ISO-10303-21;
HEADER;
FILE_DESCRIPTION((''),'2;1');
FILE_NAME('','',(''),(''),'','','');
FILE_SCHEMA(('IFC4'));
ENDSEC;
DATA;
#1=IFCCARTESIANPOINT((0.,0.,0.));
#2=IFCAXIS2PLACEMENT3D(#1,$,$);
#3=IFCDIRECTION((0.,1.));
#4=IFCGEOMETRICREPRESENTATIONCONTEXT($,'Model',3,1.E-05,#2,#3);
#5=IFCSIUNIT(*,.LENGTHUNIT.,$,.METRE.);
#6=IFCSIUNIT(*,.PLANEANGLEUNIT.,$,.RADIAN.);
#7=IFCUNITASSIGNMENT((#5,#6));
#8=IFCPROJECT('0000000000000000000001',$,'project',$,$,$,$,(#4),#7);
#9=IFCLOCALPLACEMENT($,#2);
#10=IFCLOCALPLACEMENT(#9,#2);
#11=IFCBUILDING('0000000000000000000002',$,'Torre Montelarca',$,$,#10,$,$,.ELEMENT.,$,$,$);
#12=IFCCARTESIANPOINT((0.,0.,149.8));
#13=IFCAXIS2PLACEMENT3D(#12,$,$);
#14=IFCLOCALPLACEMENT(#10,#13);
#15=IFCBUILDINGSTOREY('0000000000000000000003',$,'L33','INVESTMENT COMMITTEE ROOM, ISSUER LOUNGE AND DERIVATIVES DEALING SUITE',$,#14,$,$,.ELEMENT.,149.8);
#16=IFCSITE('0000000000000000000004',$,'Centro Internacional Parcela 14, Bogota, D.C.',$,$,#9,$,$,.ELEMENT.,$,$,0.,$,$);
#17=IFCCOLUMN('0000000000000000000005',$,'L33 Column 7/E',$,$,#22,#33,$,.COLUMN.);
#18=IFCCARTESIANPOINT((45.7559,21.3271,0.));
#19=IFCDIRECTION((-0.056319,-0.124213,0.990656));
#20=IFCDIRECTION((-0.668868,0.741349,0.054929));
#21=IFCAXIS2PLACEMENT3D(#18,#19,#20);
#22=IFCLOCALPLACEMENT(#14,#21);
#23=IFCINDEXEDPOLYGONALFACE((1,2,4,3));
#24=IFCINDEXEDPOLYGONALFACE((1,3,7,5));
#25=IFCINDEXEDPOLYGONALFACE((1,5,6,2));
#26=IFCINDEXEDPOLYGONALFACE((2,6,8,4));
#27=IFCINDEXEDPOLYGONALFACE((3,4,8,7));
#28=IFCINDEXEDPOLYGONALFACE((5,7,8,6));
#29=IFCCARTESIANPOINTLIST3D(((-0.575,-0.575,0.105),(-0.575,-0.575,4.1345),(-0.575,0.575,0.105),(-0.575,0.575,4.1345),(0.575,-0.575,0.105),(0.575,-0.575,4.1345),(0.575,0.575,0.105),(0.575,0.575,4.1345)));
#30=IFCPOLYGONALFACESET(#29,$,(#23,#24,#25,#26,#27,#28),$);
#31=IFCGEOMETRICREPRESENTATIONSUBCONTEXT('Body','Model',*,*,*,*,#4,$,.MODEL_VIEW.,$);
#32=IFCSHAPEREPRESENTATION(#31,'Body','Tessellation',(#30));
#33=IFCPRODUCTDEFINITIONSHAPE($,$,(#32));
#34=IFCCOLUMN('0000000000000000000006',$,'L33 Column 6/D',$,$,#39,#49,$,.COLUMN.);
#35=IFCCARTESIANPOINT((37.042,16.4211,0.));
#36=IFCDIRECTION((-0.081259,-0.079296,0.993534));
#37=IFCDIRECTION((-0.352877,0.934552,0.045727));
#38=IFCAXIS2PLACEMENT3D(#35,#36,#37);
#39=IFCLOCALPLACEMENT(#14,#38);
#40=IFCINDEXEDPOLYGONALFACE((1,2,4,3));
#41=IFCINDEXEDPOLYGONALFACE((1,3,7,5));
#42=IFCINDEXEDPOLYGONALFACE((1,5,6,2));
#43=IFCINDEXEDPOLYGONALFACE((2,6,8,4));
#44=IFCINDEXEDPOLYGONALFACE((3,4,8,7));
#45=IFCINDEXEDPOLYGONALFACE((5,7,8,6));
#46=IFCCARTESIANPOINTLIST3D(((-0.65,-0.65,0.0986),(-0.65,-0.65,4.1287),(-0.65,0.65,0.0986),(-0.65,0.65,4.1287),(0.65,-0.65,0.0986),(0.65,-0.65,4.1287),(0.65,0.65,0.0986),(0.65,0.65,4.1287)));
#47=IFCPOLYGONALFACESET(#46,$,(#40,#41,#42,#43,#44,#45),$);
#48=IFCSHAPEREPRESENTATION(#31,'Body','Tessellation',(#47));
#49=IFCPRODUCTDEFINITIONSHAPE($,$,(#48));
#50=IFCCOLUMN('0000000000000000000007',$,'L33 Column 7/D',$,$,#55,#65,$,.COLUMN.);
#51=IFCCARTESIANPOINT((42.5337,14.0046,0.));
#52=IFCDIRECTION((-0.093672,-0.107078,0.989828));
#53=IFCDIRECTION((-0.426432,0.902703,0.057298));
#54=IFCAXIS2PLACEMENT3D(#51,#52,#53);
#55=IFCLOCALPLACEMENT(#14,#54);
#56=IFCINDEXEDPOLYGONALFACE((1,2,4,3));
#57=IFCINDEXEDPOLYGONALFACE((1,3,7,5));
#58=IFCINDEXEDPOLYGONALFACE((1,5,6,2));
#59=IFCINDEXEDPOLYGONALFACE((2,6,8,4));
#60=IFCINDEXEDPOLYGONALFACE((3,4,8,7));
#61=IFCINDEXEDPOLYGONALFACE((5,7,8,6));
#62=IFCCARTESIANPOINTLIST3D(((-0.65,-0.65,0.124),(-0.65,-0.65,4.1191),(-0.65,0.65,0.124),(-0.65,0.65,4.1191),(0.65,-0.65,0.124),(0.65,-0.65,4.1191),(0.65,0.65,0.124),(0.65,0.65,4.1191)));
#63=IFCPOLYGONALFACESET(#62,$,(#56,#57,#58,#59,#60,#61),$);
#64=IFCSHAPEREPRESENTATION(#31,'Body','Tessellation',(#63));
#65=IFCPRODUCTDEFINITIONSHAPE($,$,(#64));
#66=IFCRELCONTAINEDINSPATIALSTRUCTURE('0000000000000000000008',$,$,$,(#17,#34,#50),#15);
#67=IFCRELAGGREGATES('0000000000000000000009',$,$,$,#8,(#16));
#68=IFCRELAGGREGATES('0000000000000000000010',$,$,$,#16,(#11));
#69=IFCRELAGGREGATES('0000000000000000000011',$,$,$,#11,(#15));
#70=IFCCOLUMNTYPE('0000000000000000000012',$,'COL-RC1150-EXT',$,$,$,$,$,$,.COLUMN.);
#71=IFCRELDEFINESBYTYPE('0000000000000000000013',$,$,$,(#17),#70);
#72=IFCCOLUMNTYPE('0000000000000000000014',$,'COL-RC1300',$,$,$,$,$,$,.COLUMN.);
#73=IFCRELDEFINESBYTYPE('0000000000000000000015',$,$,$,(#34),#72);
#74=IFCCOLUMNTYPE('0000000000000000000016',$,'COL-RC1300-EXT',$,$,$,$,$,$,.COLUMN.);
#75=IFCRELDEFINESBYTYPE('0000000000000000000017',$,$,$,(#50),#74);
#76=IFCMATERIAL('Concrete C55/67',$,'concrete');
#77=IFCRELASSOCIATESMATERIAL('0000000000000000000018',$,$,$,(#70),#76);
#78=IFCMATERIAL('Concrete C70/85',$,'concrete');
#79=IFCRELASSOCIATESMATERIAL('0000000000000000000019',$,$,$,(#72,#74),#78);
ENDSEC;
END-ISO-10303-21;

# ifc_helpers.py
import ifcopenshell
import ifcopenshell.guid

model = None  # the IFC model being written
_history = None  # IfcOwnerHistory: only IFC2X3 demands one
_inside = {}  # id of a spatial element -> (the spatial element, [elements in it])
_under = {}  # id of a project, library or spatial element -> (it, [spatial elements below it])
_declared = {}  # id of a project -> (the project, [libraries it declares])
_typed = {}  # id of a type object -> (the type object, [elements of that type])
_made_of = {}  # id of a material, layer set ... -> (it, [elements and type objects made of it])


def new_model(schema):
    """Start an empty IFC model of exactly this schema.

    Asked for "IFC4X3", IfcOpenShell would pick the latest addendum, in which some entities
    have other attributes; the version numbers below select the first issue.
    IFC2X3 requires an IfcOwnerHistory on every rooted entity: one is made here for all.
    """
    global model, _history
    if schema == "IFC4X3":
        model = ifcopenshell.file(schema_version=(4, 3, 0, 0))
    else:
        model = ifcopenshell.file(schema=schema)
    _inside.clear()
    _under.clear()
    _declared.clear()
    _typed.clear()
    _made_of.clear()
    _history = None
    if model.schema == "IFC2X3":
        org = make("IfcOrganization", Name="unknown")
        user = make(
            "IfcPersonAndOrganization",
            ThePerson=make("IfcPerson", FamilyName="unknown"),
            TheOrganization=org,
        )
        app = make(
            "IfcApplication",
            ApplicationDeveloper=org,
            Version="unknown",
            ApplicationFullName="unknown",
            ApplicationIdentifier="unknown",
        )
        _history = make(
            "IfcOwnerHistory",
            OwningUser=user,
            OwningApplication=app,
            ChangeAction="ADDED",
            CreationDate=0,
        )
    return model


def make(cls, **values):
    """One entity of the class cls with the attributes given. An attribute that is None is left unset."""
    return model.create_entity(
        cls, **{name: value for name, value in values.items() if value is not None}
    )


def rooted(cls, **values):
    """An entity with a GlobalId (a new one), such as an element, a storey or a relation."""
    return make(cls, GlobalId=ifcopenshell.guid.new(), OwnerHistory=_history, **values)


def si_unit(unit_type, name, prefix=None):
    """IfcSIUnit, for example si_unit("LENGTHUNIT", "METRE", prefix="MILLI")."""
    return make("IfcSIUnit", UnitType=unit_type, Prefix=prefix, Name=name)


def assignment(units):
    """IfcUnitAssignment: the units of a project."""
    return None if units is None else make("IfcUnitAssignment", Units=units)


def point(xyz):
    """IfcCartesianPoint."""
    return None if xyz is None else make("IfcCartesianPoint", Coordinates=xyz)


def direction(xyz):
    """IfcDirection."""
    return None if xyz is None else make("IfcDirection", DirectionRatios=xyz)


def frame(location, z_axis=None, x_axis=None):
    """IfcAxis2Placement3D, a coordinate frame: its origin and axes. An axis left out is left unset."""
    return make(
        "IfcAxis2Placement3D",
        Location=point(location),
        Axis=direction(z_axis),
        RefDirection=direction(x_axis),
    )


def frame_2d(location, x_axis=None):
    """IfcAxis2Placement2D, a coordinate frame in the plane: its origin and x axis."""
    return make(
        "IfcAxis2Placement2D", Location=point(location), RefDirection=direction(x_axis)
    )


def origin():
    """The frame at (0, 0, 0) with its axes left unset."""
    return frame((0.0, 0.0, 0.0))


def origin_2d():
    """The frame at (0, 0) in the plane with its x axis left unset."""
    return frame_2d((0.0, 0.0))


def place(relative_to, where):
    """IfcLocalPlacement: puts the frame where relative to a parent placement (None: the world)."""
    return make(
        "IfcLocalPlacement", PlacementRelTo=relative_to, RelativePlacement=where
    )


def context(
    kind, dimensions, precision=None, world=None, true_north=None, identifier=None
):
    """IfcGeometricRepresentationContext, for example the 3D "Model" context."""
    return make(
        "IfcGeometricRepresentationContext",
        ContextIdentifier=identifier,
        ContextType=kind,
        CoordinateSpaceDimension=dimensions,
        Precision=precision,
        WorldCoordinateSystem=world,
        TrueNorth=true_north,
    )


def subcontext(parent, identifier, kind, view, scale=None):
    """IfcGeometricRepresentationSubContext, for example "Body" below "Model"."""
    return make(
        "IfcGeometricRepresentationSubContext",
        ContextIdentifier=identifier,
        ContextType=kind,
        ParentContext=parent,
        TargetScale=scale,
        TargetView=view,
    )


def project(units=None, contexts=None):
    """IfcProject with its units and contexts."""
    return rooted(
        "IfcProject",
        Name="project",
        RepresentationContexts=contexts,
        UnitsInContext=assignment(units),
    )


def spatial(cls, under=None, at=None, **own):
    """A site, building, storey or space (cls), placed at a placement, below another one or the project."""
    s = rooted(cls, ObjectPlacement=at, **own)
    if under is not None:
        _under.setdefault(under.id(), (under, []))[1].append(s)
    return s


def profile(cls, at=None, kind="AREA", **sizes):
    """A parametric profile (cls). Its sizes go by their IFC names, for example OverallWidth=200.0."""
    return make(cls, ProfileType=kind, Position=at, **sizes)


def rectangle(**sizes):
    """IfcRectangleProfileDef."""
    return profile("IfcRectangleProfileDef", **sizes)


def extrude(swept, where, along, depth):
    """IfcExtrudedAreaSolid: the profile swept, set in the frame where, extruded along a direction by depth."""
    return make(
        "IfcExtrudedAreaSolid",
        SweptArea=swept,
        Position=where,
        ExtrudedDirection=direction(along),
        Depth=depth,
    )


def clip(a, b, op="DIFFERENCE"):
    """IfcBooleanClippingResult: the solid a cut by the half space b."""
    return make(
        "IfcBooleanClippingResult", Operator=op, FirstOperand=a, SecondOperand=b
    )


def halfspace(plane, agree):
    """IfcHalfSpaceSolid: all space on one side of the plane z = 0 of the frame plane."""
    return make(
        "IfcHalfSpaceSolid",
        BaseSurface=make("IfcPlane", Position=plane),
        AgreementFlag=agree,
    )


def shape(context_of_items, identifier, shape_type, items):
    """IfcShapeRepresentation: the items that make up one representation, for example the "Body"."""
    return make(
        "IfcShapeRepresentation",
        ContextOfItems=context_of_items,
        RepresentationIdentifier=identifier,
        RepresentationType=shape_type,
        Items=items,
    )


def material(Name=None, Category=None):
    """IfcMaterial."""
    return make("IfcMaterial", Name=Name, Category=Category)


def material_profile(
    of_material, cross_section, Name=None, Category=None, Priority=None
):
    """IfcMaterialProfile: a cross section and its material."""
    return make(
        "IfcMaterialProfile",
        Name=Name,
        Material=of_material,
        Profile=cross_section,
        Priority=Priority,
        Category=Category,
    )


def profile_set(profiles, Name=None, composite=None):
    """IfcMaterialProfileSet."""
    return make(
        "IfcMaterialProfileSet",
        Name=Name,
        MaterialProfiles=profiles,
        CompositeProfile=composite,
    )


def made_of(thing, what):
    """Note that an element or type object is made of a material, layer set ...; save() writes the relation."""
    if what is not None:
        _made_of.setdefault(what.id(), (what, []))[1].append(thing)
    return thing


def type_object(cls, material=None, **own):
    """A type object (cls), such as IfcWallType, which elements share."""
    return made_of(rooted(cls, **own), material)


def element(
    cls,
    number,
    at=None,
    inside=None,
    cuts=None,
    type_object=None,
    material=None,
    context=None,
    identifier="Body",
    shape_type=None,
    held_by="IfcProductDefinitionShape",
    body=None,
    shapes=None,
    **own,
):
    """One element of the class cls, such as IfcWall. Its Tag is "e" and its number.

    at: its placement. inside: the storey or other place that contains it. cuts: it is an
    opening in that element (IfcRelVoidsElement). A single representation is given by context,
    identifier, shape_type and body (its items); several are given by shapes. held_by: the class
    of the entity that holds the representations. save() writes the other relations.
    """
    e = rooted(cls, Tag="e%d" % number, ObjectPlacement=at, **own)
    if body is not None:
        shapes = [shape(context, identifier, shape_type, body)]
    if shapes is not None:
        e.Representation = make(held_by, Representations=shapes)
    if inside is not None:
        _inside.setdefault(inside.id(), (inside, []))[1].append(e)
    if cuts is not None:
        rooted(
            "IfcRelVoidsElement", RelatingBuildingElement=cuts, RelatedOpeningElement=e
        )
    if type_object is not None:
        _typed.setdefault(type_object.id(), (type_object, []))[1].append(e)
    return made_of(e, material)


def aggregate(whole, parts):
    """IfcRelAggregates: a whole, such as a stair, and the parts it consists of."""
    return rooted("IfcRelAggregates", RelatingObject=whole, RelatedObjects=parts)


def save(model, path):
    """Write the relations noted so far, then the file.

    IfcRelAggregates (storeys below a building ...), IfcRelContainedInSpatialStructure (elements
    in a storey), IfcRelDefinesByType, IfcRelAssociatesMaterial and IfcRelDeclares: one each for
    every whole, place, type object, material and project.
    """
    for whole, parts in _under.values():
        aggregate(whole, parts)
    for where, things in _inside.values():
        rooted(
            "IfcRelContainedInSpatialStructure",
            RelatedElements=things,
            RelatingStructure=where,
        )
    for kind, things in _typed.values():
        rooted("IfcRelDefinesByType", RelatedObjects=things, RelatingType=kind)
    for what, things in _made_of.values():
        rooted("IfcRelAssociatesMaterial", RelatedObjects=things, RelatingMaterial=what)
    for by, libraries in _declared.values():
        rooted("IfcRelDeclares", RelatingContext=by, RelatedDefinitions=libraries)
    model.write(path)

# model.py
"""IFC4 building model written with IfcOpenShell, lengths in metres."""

from ifc_helpers import new_model, si_unit, direction, frame, origin, origin_2d, place, context, subcontext, project, spatial, rectangle, extrude, clip, halfspace, material, material_profile, profile_set, type_object, element, save


model = new_model("IFC4")

# Units and contexts
model_context = context("Model", 3, precision=1e-05, world=origin(), true_north=direction((0.0, 1.0)))
body_context = subcontext(model_context, "Body", "Model", "MODEL_VIEW")
ifc_project = project(units=[si_unit("LENGTHUNIT", "METRE"), si_unit("PLANEANGLEUNIT", "RADIAN")], contexts=[model_context])

# Site, building, storey
site_placement = place(None, origin())
site = spatial("IfcSite", under=ifc_project, at=site_placement, Name="Centro Internacional Parcela 14, Bogota, D.C.", CompositionType="ELEMENT", RefElevation=0.0)
building_placement = place(site_placement, origin())
building = spatial("IfcBuilding", under=site, at=building_placement, Name="Torre Montelarca", CompositionType="ELEMENT")
storey_placement = place(building_placement, frame((0.0, 0.0, 149.8)))
storey = spatial("IfcBuildingStorey", under=building, at=storey_placement, Name="L33", Description="INVESTMENT COMMITTEE ROOM, ISSUER LOUNGE AND DERIVATIVES DEALING SUITE", CompositionType="ELEMENT", Elevation=149.8)

# Columns
ifc_material_1 = material(Name="Concrete C55/67", Category="concrete")
ifc_material_profile_1 = material_profile(ifc_material_1, rectangle(XDim=1.1499, YDim=1.1499, at=origin_2d()), Name="RC1150X1150", Category="concrete")
ifc_profile_set_1 = profile_set([ifc_material_profile_1], Name="Concrete C55/67")
column_type_1 = type_object("IfcColumnType", Name="COL-RC1150-EXT", PredefinedType="COLUMN", material=ifc_profile_set_1)
column_1_placement = place(storey_placement, frame((45.7559, 21.3271, 0.0), z_axis=(-0.056319, -0.124213, 0.990656), x_axis=(-0.668868, 0.741349, 0.054929)))
element("IfcColumn", 1, at=column_1_placement, inside=storey, type_object=column_type_1, Name="L33 Column 7/E", PredefinedType="COLUMN", context=body_context, shape_type="Clipping", body=[
    clip(clip(extrude(rectangle(XDim=1.1499, YDim=1.1499, at=origin_2d()), origin(), (0.0, 0.0, 1.0), 4.2395), halfspace(frame((0.0, 0.0, 0.105), z_axis=(0.0, 0.0, -1.0), x_axis=(1.0, 0.0, 0.0)), False)), halfspace(frame((0.0, 0.0, 4.1345), z_axis=(0.0, 0.0, 1.0), x_axis=(1.0, 0.0, 0.0)), False)),
])
ifc_material_2 = material(Name="Concrete C70/85", Category="concrete")
ifc_material_profile_2 = material_profile(ifc_material_2, rectangle(XDim=1.3, YDim=1.3, at=origin_2d()), Name="RC1300X1300", Category="concrete")
ifc_profile_set_2 = profile_set([ifc_material_profile_2], Name="Concrete C70/85")
column_type_2 = type_object("IfcColumnType", Name="COL-RC1300", PredefinedType="COLUMN", material=ifc_profile_set_2)
column_2_placement = place(storey_placement, frame((37.042, 16.4211, 0.0), z_axis=(-0.081259, -0.079296, 0.993534), x_axis=(-0.352877, 0.934552, 0.045727)))
element("IfcColumn", 2, at=column_2_placement, inside=storey, type_object=column_type_2, Name="L33 Column 6/D", PredefinedType="COLUMN", context=body_context, shape_type="Clipping", body=[
    clip(clip(extrude(rectangle(XDim=1.3, YDim=1.3, at=origin_2d()), origin(), (0.0, 0.0, 1.0), 4.2273), halfspace(frame((0.0, 0.0, 0.0986), z_axis=(0.0, 0.0, -1.0), x_axis=(1.0, 0.0, 0.0)), False)), halfspace(frame((0.0, 0.0, 4.1287), z_axis=(0.0, 0.0, 1.0), x_axis=(1.0, 0.0, 0.0)), False)),
])
ifc_material_profile_3 = material_profile(ifc_material_2, rectangle(XDim=1.3, YDim=1.3, at=origin_2d()), Name="RC1300X1300", Category="concrete")
ifc_profile_set_3 = profile_set([ifc_material_profile_3], Name="Concrete C70/85")
column_type_3 = type_object("IfcColumnType", Name="COL-RC1300-EXT", PredefinedType="COLUMN", material=ifc_profile_set_3)
column_3_placement = place(storey_placement, frame((42.5337, 14.0046, 0.0), z_axis=(-0.093672, -0.107078, 0.989828), x_axis=(-0.426432, 0.902703, 0.057298)))
element("IfcColumn", 3, at=column_3_placement, inside=storey, type_object=column_type_3, Name="L33 Column 7/D", PredefinedType="COLUMN", context=body_context, shape_type="Clipping", body=[
    clip(clip(extrude(rectangle(XDim=1.3, YDim=1.3, at=origin_2d()), origin(), (0.0, 0.0, 1.0), 4.2432), halfspace(frame((0.0, 0.0, 0.124), z_axis=(0.0, 0.0, -1.0), x_axis=(1.0, 0.0, 0.0)), False)), halfspace(frame((0.0, 0.0, 4.1191), z_axis=(0.0, 0.0, 1.0), x_axis=(1.0, 0.0, 0.0)), False)),
])

save(model, "model.ifc")
